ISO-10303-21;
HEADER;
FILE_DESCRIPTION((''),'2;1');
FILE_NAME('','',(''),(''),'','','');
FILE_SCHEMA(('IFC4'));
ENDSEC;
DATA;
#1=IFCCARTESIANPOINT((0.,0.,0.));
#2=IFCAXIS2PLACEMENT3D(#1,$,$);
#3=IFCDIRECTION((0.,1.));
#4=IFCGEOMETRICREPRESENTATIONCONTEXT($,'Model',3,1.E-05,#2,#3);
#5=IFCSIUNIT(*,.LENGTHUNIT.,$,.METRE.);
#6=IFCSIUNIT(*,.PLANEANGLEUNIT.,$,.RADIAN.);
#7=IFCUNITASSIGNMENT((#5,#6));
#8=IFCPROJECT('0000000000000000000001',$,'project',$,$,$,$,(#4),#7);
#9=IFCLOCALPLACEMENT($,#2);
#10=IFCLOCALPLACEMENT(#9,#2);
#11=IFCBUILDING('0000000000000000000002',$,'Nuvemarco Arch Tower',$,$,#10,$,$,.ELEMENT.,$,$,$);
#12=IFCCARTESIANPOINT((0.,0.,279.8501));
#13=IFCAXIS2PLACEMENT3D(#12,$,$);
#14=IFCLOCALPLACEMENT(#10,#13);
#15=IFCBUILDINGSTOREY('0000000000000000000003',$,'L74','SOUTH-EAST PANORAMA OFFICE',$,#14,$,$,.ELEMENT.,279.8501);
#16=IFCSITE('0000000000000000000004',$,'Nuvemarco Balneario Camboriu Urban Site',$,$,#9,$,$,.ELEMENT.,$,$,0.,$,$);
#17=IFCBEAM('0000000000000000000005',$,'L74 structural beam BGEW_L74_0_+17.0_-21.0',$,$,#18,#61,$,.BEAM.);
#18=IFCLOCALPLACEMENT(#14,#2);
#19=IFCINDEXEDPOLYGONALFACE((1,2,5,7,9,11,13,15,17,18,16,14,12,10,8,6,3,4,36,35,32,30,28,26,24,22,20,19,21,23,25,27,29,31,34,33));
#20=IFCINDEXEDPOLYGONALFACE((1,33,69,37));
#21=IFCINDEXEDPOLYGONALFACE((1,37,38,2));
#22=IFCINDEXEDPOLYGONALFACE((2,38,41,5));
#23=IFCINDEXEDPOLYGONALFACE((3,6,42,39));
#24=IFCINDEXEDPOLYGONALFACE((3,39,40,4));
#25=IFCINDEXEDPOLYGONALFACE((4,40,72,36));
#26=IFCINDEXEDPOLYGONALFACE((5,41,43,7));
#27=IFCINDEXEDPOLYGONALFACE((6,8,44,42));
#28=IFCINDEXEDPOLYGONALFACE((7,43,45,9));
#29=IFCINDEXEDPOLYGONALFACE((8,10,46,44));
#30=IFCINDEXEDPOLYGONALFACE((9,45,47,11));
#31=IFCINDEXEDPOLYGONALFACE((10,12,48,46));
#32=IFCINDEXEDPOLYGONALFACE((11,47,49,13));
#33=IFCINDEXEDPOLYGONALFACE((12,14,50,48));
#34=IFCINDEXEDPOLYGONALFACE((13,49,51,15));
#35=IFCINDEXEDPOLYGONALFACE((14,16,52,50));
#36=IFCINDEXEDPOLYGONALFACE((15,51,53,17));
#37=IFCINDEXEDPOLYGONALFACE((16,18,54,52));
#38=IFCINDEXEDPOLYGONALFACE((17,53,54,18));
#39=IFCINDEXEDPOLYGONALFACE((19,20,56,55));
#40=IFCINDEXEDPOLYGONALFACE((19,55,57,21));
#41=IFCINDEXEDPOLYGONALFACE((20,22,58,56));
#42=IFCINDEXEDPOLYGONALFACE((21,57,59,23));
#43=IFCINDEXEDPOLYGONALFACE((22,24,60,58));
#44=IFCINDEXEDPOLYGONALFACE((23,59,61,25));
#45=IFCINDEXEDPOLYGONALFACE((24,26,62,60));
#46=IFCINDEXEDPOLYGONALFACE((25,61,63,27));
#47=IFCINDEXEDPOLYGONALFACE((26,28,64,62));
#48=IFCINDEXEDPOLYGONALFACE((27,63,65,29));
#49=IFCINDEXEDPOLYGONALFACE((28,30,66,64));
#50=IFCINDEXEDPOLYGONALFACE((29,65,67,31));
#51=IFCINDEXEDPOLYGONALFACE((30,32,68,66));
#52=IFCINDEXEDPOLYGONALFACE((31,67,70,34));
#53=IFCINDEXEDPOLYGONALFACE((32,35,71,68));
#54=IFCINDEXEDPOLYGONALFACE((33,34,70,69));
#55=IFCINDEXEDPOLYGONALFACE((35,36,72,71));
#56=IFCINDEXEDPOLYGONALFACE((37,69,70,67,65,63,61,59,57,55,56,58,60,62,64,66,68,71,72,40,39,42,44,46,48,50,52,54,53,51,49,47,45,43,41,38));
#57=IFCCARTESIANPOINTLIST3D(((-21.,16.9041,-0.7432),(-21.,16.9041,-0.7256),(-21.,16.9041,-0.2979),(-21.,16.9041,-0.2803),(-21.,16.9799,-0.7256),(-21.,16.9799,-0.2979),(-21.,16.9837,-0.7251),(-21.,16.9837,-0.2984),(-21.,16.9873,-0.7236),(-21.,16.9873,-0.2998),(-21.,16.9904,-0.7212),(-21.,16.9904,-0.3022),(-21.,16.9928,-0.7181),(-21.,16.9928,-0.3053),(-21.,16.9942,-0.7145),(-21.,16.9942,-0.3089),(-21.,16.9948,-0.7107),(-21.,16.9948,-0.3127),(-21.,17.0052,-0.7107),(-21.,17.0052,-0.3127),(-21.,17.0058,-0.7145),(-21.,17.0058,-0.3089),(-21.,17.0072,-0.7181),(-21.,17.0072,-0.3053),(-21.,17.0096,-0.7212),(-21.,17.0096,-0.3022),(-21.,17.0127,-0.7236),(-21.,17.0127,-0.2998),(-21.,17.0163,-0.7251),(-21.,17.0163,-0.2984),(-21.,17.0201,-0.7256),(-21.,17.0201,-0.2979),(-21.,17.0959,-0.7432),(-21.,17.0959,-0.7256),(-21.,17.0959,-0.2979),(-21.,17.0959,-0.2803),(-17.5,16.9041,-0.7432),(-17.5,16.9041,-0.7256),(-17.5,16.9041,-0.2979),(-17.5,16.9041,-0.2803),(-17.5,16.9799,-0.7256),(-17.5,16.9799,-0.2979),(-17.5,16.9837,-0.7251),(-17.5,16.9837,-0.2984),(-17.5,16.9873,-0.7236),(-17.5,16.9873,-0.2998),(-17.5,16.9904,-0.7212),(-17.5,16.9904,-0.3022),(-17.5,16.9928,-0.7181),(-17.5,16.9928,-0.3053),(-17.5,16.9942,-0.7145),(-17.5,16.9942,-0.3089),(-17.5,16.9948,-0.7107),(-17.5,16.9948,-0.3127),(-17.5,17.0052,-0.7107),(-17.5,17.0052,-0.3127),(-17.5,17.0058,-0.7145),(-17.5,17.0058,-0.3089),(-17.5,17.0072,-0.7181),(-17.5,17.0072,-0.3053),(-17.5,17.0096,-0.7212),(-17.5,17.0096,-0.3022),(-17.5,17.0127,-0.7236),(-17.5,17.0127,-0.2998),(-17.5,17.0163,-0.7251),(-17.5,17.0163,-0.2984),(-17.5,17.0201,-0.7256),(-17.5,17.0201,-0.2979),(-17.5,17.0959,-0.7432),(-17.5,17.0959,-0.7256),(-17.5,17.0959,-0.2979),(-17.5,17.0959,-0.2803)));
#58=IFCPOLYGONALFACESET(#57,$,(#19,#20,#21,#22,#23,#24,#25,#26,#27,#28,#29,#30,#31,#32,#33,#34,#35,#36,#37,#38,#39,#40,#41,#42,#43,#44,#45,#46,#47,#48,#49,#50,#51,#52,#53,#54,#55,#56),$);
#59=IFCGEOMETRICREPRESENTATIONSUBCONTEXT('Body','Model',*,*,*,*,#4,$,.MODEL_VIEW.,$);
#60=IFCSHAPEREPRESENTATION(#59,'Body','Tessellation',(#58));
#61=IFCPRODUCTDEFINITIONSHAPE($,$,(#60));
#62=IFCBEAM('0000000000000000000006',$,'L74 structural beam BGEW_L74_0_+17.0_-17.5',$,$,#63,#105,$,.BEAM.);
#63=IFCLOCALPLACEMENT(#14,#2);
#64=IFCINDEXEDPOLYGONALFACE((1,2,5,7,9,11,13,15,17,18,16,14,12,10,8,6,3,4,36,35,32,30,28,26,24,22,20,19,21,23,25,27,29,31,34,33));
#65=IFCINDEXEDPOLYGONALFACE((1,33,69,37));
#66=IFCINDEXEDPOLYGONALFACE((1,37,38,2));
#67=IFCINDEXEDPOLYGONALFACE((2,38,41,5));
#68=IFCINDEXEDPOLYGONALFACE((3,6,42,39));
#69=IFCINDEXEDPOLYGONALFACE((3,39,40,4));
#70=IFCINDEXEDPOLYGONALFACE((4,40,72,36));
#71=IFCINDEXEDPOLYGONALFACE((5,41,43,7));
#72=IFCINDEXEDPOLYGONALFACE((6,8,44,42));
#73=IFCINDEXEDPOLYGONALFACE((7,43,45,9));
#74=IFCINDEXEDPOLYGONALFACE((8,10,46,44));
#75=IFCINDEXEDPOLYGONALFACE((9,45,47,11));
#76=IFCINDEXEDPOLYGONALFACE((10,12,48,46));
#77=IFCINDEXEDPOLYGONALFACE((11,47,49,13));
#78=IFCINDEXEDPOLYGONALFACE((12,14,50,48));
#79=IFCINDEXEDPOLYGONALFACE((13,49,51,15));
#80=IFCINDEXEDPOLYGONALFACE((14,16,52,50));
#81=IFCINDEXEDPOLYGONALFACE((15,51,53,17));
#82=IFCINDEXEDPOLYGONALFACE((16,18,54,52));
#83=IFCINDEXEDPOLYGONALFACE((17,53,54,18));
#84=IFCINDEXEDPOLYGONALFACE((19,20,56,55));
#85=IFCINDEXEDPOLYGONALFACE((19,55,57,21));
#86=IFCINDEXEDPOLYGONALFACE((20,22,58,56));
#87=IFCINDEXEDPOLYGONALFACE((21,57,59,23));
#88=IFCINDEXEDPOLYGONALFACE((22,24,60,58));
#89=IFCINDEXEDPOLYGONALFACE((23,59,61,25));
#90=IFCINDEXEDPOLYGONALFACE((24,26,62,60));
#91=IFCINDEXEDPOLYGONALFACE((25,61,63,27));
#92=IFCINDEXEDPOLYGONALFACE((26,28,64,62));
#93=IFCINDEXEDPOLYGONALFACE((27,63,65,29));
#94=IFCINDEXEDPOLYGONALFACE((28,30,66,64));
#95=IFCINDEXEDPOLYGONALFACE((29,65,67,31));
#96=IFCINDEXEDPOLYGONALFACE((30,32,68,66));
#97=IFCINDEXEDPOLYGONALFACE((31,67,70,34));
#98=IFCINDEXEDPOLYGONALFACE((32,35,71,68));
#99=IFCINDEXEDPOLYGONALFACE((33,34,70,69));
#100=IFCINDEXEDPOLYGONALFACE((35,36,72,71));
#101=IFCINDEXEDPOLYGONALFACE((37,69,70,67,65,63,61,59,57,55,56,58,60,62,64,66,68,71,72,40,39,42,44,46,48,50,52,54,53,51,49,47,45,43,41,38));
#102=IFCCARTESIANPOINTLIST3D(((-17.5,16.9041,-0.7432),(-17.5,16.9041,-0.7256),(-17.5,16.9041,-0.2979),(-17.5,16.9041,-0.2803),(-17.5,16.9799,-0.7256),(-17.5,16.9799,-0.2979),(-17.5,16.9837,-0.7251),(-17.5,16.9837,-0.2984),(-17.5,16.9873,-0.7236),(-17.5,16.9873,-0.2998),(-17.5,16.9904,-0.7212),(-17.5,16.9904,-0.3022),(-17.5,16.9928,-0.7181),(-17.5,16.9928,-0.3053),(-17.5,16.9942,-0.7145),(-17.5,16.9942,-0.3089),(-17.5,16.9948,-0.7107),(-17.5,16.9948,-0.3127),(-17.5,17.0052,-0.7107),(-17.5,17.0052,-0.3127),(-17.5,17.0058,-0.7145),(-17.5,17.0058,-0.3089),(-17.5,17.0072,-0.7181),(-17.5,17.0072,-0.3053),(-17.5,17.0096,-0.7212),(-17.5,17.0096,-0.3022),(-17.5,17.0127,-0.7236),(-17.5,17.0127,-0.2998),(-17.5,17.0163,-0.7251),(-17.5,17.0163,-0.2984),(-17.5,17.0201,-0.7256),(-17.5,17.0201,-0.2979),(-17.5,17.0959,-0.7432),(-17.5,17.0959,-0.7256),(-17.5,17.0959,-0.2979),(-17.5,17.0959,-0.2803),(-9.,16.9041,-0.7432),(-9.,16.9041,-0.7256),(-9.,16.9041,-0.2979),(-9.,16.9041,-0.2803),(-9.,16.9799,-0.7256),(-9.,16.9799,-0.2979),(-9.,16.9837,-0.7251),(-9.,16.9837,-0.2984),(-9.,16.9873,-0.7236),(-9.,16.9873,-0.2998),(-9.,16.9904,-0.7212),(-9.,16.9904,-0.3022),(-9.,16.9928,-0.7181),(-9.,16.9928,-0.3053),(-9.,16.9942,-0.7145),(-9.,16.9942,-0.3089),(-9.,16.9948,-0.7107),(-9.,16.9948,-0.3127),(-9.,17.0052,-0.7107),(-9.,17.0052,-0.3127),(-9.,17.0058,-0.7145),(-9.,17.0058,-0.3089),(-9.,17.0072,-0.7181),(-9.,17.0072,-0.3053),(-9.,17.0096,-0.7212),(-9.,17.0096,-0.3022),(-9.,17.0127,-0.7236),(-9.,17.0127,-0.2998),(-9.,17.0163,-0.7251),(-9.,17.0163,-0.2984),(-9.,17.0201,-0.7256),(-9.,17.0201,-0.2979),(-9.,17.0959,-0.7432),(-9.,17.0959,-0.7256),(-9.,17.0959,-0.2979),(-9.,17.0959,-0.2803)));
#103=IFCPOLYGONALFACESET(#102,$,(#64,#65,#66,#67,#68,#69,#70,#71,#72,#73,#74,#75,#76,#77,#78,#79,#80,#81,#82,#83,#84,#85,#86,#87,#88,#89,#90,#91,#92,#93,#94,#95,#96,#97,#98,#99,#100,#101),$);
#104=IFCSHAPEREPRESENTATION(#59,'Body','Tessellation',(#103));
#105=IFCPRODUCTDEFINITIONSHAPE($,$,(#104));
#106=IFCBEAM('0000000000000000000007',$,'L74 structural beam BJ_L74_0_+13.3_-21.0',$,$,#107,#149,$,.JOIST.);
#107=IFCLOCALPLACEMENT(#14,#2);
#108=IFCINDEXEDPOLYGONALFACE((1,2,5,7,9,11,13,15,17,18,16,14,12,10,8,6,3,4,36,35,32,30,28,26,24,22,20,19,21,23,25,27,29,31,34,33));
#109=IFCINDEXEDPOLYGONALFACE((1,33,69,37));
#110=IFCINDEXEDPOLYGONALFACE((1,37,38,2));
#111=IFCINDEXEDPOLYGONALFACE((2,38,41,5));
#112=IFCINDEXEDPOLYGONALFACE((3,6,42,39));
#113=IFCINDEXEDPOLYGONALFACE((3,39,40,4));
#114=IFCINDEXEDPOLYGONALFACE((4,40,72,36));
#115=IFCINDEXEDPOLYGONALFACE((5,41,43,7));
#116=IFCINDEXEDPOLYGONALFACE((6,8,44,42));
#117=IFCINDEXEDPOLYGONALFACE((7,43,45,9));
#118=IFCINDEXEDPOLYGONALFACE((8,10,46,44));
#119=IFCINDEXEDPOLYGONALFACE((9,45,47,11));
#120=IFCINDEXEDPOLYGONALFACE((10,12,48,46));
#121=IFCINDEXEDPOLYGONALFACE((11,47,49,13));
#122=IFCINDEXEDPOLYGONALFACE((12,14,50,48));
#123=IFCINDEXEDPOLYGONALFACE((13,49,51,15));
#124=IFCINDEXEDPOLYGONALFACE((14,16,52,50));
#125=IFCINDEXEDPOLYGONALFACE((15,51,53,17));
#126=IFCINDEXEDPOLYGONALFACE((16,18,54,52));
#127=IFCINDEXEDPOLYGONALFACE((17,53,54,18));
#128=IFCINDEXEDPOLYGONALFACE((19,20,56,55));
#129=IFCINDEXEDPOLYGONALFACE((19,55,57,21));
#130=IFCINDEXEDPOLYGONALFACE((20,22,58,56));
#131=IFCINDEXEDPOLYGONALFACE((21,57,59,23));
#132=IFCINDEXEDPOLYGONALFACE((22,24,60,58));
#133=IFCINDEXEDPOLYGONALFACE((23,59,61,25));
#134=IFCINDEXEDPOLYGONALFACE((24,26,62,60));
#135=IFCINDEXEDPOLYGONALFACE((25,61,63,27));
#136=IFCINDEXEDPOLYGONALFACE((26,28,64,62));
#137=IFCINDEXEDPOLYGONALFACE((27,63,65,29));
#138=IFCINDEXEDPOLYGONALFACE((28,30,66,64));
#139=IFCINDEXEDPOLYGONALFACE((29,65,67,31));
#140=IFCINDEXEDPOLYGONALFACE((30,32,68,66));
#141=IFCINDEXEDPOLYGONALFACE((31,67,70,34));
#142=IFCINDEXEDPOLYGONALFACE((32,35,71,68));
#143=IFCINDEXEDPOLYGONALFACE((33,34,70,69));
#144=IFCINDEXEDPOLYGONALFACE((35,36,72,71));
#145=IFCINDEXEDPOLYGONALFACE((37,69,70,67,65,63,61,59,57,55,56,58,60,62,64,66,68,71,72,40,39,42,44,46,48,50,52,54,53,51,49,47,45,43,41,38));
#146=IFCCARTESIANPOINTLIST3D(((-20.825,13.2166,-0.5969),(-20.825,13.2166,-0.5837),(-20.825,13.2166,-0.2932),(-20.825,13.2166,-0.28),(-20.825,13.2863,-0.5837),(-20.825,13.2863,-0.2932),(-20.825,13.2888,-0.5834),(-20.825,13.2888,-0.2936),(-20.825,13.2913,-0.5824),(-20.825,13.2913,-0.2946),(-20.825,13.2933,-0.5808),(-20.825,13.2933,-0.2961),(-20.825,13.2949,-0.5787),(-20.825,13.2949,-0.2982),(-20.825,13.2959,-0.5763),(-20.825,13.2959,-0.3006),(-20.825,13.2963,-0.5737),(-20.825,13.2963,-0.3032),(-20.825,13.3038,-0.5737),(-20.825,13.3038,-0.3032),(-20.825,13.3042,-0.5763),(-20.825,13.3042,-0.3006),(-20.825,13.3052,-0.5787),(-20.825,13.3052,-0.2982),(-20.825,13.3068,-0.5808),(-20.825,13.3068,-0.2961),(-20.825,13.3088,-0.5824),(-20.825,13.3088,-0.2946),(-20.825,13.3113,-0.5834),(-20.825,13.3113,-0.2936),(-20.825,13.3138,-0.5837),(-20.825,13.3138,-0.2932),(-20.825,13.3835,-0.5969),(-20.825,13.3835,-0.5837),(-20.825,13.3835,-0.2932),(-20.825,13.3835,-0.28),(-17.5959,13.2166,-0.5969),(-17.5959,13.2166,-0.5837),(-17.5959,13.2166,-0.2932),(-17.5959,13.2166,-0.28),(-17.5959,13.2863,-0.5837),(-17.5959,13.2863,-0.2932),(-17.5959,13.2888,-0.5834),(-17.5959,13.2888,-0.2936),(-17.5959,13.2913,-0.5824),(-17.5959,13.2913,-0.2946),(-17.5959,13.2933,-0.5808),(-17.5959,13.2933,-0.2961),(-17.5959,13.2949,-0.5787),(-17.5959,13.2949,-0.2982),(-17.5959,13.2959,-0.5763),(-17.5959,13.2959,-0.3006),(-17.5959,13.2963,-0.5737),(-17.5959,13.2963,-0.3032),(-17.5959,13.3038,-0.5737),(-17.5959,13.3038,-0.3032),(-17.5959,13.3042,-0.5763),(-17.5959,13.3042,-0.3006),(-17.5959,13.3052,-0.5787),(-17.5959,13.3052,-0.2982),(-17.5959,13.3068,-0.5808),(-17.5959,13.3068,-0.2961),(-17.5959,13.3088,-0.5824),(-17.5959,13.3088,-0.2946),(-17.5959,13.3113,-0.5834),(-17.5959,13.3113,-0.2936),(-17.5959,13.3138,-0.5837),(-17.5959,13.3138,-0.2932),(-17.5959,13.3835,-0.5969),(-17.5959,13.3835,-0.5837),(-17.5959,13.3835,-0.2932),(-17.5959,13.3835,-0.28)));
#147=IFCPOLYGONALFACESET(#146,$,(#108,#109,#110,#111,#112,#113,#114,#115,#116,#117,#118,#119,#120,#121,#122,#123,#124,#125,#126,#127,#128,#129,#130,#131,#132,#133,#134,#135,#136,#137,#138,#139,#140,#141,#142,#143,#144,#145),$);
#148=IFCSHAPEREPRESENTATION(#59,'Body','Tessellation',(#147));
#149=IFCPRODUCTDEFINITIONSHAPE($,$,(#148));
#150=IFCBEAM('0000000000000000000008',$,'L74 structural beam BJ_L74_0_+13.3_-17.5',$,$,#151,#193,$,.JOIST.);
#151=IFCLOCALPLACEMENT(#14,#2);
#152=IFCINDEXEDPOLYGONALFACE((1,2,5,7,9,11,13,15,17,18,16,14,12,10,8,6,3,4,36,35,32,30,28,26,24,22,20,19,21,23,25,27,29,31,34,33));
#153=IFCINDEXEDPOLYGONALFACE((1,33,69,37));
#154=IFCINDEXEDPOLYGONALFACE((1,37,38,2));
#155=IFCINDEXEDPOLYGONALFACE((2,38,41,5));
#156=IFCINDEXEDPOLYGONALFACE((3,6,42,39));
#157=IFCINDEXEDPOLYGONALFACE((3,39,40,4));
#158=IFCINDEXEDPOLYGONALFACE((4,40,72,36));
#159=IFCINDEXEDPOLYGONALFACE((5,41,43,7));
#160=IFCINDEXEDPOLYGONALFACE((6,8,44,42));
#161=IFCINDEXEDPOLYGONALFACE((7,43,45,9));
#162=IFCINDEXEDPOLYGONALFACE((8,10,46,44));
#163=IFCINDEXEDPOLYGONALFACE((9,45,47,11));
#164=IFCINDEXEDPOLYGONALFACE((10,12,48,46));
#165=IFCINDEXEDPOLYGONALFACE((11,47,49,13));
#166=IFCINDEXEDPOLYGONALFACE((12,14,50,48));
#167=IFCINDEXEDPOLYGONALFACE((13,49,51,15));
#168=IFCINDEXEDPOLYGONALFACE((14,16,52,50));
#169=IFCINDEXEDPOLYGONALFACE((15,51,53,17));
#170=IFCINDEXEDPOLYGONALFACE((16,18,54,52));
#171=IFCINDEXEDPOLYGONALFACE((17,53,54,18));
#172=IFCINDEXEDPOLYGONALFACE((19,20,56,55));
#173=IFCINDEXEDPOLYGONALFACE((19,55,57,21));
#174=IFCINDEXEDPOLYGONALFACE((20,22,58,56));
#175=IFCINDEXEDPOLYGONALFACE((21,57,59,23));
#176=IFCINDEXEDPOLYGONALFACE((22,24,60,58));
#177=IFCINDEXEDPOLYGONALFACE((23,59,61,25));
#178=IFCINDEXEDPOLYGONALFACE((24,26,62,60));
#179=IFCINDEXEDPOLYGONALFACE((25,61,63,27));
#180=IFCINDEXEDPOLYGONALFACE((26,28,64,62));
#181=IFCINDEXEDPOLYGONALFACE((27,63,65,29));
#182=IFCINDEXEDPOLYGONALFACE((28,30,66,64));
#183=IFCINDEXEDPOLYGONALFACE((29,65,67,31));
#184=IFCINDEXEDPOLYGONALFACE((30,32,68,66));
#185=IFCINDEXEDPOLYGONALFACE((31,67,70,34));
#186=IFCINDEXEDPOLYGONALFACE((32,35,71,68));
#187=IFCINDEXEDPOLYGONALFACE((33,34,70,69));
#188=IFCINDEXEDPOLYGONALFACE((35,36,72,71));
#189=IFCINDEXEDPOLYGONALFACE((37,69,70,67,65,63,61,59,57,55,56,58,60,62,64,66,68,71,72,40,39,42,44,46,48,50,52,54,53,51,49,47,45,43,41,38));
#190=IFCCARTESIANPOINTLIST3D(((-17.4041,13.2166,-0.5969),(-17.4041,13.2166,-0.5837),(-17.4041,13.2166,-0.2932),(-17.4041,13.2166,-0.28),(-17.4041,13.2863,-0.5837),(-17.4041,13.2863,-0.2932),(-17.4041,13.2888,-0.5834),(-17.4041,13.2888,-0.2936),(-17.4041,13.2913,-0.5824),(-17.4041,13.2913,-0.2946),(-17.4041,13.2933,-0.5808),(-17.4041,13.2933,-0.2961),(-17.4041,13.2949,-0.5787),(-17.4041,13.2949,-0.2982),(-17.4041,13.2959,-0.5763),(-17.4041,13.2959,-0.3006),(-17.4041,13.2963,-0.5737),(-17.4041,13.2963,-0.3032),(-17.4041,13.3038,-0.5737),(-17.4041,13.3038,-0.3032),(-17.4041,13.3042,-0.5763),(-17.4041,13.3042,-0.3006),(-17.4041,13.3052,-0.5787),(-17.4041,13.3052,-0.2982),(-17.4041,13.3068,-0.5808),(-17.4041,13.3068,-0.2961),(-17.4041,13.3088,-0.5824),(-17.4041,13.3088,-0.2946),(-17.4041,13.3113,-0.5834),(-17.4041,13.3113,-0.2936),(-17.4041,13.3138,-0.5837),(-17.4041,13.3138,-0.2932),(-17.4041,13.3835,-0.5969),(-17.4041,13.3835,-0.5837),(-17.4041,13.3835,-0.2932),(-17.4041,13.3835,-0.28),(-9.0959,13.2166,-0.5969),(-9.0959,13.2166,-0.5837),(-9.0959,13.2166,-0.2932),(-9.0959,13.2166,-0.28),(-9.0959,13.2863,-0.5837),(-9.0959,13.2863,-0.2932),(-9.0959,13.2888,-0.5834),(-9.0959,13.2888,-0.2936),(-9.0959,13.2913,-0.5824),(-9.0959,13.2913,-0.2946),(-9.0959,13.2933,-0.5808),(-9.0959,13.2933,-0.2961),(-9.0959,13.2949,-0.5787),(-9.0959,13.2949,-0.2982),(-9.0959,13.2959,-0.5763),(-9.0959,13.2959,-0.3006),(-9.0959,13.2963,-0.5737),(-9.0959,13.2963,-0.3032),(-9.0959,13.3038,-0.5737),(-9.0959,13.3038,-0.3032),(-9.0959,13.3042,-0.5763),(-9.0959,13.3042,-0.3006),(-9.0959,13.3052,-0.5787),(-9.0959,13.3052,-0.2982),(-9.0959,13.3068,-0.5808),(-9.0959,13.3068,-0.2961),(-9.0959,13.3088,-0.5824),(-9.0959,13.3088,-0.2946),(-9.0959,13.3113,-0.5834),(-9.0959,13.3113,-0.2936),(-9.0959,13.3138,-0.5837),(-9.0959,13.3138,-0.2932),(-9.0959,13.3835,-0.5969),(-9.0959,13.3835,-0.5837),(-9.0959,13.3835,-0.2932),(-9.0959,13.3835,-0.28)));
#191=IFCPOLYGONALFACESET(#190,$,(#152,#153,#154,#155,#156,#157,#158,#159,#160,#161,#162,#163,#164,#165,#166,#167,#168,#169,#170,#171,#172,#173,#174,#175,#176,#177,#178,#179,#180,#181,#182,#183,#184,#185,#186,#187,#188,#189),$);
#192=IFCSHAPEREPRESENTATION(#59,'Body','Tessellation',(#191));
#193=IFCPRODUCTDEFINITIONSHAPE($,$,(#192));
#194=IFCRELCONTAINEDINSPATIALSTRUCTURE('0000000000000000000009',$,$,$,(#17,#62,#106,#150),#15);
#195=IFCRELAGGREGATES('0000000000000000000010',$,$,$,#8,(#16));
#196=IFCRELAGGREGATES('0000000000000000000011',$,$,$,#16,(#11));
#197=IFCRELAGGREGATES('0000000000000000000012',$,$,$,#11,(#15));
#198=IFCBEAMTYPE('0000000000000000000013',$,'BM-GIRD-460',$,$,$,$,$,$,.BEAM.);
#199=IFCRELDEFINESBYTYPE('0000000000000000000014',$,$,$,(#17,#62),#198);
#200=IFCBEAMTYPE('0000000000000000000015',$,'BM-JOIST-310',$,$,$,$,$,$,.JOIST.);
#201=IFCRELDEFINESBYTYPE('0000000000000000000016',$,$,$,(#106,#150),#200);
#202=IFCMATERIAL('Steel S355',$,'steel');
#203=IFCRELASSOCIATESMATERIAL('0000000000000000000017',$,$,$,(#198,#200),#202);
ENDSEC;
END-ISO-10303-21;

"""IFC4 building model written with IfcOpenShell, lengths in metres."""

from ifc_helpers import new_model, si_unit, direction, frame, origin, origin_2d, place, context, subcontext, project, spatial, i_section, extrude, material, material_profile, profile_set, type_object, element, save


model = new_model("IFC4")

# Units and contexts
model_context = context("Model", 3, precision=1e-05, world=origin(), true_north=direction((0.0, 1.0)))
body_context = subcontext(model_context, "Body", "Model", "MODEL_VIEW")
ifc_project = project(units=[si_unit("LENGTHUNIT", "METRE"), si_unit("PLANEANGLEUNIT", "RADIAN")], contexts=[model_context])

# Site, building, storey
site_placement = place(None, origin())
site = spatial("IfcSite", under=ifc_project, at=site_placement, Name="Nuvemarco Balneario Camboriu Urban Site", CompositionType="ELEMENT", RefElevation=0.0)
building_placement = place(site_placement, origin())
building = spatial("IfcBuilding", under=site, at=building_placement, Name="Nuvemarco Arch Tower", CompositionType="ELEMENT")
storey_placement = place(building_placement, frame((0.0, 0.0, 279.8501)))
storey = spatial("IfcBuildingStorey", under=building, at=storey_placement, Name="L74", Description="SOUTH-EAST PANORAMA OFFICE", CompositionType="ELEMENT", Elevation=279.8501)

# Shared definitions
ifc_material_1 = material(Name="Steel S355", Category="steel")

# Beams
ifc_material_profile_1 = material_profile(ifc_material_1, i_section(OverallWidth=0.1919, OverallDepth=0.4629, WebThickness=0.0105, FlangeThickness=0.0176, FilletRadius=0.0149, at=origin_2d()), Name="W460x89")
ifc_profile_set_1 = profile_set([ifc_material_profile_1], Name="Steel S355")
beam_type_1 = type_object("IfcBeamType", Name="BM-GIRD-460", PredefinedType="BEAM", material=ifc_profile_set_1)
beam_1_placement = place(storey_placement, frame((-21.0, 17.0, -0.5117), z_axis=(1.0, 0.0, 0.0), x_axis=(0.0, 1.0, 0.0)))
element("IfcBeam", 1, at=beam_1_placement, inside=storey, type_object=beam_type_1, Name="L74 structural beam BGEW_L74_0_+17.0_-21.0", PredefinedType="BEAM", context=body_context, shape_type="SweptSolid", body=[
    extrude(i_section(OverallWidth=0.1919, OverallDepth=0.4629, WebThickness=0.0105, FlangeThickness=0.0176, FilletRadius=0.0149, at=origin_2d()), origin(), (0.0, 0.0, 1.0), 3.5),
])
beam_2_placement = place(storey_placement, frame((-17.5, 17.0, -0.5117), z_axis=(1.0, 0.0, 0.0), x_axis=(0.0, 1.0, 0.0)))
element("IfcBeam", 2, at=beam_2_placement, inside=storey, type_object=beam_type_1, Name="L74 structural beam BGEW_L74_0_+17.0_-17.5", PredefinedType="BEAM", context=body_context, shape_type="SweptSolid", body=[
    extrude(i_section(OverallWidth=0.1919, OverallDepth=0.4629, WebThickness=0.0105, FlangeThickness=0.0176, FilletRadius=0.0149, at=origin_2d()), origin(), (0.0, 0.0, 1.0), 8.5),
])
ifc_material_profile_2 = material_profile(ifc_material_1, i_section(OverallWidth=0.167, OverallDepth=0.3169, WebThickness=0.0076, FlangeThickness=0.0132, FilletRadius=0.01, at=origin_2d()), Name="W310x52")
ifc_profile_set_2 = profile_set([ifc_material_profile_2], Name="Steel S355")
beam_type_2 = type_object("IfcBeamType", Name="BM-JOIST-310", PredefinedType="JOIST", material=ifc_profile_set_2)
beam_3_placement = place(storey_placement, frame((-20.825, 13.3, -0.4385), z_axis=(1.0, 0.0, 0.0), x_axis=(0.0, 1.0, 0.0)))
element("IfcBeam", 3, at=beam_3_placement, inside=storey, type_object=beam_type_2, Name="L74 structural beam BJ_L74_0_+13.3_-21.0", PredefinedType="JOIST", context=body_context, shape_type="SweptSolid", body=[
    extrude(i_section(OverallWidth=0.167, OverallDepth=0.3169, WebThickness=0.0076, FlangeThickness=0.0132, FilletRadius=0.01, at=origin_2d()), origin(), (0.0, 0.0, 1.0), 3.229),
])
beam_4_placement = place(storey_placement, frame((-17.4041, 13.3, -0.4385), z_axis=(1.0, 0.0, 0.0), x_axis=(0.0, 1.0, 0.0)))
element("IfcBeam", 4, at=beam_4_placement, inside=storey, type_object=beam_type_2, Name="L74 structural beam BJ_L74_0_+13.3_-17.5", PredefinedType="JOIST", context=body_context, shape_type="SweptSolid", body=[
    extrude(i_section(OverallWidth=0.167, OverallDepth=0.3169, WebThickness=0.0076, FlangeThickness=0.0132, FilletRadius=0.01, at=origin_2d()), origin(), (0.0, 0.0, 1.0), 8.3081),
])

save(model, "model.ifc")
